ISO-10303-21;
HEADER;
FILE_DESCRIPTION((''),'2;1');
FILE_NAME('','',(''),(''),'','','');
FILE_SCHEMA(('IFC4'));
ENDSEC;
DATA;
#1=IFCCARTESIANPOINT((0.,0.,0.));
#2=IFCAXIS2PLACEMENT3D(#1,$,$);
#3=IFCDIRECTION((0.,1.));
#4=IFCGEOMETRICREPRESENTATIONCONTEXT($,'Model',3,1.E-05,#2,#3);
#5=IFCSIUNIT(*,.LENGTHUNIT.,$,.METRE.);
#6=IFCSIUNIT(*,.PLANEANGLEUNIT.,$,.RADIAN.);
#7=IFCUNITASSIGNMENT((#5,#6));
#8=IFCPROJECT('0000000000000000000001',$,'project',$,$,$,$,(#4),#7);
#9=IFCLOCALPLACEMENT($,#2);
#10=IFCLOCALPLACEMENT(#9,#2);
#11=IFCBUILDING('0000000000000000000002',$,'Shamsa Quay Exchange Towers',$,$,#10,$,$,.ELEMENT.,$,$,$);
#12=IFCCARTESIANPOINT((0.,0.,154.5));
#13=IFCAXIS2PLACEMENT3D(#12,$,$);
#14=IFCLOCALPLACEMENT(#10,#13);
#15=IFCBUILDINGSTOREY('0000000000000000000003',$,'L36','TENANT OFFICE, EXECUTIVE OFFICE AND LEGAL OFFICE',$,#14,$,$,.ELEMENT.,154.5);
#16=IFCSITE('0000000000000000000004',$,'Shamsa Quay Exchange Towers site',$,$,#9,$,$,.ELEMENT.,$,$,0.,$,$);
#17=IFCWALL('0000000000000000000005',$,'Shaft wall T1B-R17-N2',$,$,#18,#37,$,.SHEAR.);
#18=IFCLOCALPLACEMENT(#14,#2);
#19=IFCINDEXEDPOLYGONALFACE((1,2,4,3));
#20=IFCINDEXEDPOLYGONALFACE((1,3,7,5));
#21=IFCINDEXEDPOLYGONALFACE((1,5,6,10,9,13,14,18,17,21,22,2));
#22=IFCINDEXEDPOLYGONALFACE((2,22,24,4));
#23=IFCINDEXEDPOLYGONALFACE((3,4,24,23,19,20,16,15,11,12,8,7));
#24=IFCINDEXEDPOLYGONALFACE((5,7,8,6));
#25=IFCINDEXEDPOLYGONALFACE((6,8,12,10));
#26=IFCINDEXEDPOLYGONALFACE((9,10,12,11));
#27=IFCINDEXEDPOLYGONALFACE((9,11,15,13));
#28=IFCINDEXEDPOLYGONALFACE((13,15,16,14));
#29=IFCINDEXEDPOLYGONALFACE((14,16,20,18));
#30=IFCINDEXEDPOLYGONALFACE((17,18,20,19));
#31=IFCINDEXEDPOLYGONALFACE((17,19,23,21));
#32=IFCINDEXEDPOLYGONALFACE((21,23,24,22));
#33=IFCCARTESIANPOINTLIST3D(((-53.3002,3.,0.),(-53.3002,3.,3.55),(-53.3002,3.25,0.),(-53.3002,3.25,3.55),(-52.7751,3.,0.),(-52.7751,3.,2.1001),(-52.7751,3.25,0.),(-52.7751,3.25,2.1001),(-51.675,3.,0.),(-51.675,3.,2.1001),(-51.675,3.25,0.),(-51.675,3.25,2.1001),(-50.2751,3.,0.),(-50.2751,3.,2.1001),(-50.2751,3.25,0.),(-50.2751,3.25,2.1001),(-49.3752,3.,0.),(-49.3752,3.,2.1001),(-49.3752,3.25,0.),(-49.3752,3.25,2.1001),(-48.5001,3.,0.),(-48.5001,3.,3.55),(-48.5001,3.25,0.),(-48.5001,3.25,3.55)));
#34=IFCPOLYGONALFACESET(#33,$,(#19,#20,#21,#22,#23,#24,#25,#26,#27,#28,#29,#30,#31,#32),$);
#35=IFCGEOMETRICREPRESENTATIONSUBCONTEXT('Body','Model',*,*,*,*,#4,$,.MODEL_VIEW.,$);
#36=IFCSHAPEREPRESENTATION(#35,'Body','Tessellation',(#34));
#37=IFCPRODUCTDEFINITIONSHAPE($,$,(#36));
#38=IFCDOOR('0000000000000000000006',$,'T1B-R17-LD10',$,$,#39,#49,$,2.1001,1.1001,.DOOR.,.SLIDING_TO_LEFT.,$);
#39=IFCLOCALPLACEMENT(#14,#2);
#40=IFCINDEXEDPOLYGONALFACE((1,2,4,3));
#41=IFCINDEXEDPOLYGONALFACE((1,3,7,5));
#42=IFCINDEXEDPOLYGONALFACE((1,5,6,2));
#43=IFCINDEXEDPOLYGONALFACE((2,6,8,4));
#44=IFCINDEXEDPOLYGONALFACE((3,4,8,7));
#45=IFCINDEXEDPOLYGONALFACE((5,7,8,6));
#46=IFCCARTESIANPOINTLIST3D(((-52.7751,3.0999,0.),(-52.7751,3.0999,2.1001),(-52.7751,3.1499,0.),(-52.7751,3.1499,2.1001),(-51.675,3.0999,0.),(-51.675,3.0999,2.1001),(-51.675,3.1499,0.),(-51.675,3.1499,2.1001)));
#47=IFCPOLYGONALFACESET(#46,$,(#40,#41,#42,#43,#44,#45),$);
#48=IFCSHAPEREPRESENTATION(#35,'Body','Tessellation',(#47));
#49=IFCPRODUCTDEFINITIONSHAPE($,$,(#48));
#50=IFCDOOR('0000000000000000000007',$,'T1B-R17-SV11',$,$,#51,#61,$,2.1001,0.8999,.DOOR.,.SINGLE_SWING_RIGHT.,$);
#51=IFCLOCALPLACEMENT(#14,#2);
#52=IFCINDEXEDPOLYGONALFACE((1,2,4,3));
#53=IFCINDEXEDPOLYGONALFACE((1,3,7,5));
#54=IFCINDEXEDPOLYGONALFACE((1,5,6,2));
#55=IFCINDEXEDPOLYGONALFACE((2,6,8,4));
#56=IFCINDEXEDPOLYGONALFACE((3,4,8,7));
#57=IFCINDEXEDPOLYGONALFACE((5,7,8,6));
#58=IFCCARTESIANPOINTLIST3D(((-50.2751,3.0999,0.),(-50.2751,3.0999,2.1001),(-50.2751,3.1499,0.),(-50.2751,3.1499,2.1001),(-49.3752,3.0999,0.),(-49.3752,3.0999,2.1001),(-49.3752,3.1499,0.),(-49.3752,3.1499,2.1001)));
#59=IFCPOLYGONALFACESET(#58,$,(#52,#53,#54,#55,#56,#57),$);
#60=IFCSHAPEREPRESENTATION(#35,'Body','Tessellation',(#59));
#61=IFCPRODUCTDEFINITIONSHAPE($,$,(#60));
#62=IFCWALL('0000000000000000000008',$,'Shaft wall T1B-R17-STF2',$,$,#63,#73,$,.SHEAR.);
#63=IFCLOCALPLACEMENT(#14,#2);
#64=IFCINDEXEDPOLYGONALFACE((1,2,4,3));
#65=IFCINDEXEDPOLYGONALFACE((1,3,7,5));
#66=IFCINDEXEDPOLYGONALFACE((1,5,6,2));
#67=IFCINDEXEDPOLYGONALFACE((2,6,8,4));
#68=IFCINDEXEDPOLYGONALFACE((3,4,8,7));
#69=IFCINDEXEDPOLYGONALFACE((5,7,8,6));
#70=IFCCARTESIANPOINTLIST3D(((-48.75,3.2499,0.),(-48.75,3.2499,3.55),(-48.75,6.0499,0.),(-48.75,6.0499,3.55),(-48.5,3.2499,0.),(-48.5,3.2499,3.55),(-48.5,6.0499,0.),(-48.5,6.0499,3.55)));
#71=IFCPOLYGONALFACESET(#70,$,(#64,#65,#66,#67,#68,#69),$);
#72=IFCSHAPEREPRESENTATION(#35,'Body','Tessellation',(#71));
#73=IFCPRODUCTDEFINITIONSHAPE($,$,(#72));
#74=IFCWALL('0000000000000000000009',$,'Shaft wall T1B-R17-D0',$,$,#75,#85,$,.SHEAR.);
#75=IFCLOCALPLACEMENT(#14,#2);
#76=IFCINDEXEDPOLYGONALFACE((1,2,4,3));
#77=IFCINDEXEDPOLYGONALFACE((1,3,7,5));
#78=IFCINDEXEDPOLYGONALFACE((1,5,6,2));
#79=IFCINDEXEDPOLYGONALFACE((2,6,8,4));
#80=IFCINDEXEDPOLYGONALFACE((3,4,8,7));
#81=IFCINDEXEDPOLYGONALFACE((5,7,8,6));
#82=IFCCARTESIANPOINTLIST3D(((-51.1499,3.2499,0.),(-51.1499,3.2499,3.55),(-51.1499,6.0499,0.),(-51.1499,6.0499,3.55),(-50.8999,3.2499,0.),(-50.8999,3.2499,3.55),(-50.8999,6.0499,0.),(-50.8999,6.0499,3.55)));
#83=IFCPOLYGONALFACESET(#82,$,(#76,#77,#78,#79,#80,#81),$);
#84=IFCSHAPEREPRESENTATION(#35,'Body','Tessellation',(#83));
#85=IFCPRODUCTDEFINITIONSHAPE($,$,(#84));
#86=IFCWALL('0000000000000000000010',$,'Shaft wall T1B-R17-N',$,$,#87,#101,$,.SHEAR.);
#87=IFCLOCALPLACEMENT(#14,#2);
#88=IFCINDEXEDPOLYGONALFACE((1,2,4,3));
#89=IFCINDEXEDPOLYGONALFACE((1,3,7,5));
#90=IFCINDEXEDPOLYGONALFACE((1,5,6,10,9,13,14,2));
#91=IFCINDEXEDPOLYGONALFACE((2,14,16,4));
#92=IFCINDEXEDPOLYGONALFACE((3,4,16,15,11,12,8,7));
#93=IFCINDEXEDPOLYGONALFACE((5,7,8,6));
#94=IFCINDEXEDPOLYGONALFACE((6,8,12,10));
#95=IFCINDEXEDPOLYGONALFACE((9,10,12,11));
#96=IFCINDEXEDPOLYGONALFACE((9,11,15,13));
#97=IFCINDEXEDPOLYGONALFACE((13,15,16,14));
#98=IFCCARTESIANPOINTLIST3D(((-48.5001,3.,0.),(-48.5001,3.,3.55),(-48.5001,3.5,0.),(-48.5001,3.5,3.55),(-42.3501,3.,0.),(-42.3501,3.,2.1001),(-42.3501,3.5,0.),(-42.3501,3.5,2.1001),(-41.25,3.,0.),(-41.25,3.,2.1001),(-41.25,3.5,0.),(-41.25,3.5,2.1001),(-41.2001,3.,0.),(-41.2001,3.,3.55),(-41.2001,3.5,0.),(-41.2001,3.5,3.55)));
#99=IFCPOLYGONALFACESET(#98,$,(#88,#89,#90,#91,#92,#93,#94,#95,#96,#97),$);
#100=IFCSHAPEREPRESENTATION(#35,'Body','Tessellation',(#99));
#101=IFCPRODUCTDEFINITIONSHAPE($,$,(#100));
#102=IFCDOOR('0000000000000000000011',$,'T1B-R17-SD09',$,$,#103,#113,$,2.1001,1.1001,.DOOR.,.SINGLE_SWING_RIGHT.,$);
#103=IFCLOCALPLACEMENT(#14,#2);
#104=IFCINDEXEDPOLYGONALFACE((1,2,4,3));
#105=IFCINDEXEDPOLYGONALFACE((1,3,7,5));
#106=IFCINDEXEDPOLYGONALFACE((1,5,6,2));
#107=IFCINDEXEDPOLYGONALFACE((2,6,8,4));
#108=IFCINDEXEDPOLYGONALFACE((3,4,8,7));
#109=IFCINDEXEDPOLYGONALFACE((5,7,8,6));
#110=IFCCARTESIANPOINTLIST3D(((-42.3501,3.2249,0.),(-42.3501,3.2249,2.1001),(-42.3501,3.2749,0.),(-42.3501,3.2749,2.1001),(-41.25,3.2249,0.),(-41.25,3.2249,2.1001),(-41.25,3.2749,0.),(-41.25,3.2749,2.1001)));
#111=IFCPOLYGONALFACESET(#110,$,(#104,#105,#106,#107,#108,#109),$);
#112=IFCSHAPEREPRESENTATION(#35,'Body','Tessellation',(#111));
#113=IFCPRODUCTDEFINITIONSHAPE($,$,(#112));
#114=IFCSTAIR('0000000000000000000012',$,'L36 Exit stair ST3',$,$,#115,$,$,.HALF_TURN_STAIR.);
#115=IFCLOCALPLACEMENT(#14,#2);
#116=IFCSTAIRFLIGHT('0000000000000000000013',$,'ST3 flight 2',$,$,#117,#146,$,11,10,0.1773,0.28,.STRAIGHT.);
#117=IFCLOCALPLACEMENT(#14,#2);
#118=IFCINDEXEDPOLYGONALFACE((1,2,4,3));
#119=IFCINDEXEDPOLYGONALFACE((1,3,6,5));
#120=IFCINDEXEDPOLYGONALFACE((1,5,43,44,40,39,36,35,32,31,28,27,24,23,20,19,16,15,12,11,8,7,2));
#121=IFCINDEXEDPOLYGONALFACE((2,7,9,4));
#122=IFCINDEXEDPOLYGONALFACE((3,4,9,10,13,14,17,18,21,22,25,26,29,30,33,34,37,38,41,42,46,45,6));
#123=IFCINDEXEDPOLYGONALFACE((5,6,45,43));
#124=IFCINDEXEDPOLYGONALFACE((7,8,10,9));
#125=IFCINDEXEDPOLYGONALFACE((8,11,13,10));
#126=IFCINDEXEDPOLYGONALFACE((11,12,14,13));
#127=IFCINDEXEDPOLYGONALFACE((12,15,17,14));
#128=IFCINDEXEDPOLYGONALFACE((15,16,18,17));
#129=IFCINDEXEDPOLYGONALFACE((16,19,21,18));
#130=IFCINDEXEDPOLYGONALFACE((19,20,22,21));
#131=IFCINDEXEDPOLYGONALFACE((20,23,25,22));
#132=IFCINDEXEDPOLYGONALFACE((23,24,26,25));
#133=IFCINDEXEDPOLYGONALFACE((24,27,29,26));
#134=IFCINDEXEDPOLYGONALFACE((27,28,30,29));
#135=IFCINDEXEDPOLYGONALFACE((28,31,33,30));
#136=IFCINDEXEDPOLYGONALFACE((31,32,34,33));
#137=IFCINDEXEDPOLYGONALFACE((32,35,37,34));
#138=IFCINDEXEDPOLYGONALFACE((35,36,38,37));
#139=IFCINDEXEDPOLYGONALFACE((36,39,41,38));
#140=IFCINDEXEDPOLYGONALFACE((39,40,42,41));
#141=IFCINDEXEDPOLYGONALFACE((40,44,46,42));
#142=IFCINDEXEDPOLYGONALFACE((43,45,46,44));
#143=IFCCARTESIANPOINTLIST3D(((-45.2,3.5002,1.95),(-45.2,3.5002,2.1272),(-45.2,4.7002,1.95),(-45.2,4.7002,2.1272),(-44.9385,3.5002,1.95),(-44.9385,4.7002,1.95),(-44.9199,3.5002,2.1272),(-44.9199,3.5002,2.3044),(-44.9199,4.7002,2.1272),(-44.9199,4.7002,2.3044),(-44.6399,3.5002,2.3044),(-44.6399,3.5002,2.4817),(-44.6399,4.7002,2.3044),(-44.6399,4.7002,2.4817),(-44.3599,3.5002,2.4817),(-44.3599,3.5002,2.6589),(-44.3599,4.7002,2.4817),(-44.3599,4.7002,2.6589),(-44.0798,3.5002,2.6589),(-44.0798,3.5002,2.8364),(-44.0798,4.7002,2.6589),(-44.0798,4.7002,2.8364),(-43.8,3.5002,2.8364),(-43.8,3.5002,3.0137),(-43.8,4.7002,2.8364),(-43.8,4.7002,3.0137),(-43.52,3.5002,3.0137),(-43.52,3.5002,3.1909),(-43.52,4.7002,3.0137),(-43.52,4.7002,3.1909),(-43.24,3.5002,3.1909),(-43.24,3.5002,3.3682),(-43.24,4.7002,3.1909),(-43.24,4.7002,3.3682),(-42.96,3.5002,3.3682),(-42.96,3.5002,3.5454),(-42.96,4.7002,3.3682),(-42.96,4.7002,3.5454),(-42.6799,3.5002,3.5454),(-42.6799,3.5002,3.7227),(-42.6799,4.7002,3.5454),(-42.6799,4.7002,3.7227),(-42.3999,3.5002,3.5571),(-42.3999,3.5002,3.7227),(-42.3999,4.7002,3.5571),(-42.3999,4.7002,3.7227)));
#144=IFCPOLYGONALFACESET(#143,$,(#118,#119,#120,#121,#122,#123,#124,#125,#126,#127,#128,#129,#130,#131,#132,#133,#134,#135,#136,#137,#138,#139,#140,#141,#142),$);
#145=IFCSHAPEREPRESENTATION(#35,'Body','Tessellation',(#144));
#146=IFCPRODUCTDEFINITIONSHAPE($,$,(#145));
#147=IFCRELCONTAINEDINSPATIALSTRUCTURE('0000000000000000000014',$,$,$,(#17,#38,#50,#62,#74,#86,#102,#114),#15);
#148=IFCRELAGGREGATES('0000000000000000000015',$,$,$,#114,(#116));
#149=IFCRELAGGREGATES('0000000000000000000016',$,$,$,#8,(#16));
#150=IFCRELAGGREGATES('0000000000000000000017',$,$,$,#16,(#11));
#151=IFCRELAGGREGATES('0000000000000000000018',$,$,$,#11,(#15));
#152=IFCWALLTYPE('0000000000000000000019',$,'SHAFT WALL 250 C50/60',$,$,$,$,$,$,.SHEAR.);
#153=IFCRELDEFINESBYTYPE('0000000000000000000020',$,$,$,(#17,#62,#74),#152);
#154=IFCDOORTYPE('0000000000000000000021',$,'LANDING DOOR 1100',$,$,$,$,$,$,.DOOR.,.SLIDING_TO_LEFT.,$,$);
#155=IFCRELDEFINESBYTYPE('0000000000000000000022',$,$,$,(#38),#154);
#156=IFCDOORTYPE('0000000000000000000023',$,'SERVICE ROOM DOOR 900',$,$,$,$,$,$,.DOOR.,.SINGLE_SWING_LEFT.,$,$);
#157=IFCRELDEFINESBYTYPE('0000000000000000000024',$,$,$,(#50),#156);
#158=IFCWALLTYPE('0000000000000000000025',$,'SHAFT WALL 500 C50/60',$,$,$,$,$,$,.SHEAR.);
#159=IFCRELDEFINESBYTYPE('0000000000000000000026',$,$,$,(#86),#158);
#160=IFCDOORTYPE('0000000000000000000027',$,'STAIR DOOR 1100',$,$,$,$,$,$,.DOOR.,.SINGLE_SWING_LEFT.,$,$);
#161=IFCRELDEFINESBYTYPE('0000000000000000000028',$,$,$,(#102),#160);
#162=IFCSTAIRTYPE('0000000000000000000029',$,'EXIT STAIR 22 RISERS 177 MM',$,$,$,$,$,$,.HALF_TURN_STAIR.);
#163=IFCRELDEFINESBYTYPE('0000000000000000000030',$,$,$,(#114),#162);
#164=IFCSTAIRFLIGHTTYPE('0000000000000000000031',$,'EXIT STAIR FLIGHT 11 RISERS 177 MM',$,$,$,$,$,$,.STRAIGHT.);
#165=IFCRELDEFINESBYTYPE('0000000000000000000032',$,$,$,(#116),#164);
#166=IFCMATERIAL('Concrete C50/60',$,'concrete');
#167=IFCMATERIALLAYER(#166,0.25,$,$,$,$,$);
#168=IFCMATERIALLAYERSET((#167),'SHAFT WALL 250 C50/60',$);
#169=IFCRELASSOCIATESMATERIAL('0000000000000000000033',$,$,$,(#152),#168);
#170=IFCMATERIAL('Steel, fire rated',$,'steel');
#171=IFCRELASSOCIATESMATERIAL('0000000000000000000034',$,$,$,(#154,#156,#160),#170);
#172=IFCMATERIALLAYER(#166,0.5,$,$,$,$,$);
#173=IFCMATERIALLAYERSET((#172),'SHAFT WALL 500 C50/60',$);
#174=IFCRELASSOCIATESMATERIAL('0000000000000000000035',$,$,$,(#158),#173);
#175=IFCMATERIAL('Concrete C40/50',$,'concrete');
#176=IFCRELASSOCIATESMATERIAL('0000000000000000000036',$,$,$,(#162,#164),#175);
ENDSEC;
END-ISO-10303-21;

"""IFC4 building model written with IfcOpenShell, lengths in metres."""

from ifc_helpers import new_model, si_unit, direction, frame, frame_2d, origin, place, context, subcontext, project, spatial, polyline, rectangle, outline, extrude, material, layer, layer_set, type_object, element, fill, aggregate, save


model = new_model("IFC4")

# Units and contexts
model_context = context("Model", 3, precision=1e-05, world=origin(), true_north=direction((0.0, 1.0)))
body_context = subcontext(model_context, "Body", "Model", "MODEL_VIEW")
ifc_project = project(units=[si_unit("LENGTHUNIT", "METRE"), si_unit("PLANEANGLEUNIT", "RADIAN")], contexts=[model_context])

# Site, building, storey
site_placement = place(None, origin())
site = spatial("IfcSite", under=ifc_project, at=site_placement, Name="Shamsa Quay Exchange Towers site", CompositionType="ELEMENT", RefElevation=0.0)
building_placement = place(site_placement, origin())
building = spatial("IfcBuilding", under=site, at=building_placement, Name="Shamsa Quay Exchange Towers", CompositionType="ELEMENT")
storey_placement = place(building_placement, frame((0.0, 0.0, 154.5)))
storey = spatial("IfcBuildingStorey", under=building, at=storey_placement, Name="L36", Description="TENANT OFFICE, EXECUTIVE OFFICE AND LEGAL OFFICE", CompositionType="ELEMENT", Elevation=154.5)

# Wall, openings, doors
ifc_material_1 = material(Name="Concrete C50/60", Category="concrete")
ifc_layer_1 = layer(ifc_material_1, 0.25)
ifc_layer_set_1 = layer_set([ifc_layer_1], Name="SHAFT WALL 250 C50/60")
wall_type_1 = type_object("IfcWallType", Name="SHAFT WALL 250 C50/60", PredefinedType="SHEAR", material=ifc_layer_set_1)
wall_1_placement = place(storey_placement, frame((-53.3, 3.125, 0.0)))
wall_1 = element("IfcWall", 1, at=wall_1_placement, inside=storey, type_object=wall_type_1, Name="Shaft wall T1B-R17-N2", PredefinedType="SHEAR", context=body_context, shape_type="SweptSolid", body=[
    extrude(rectangle(XDim=4.8, YDim=0.25, at=frame_2d((2.3999, 0.0))), origin(), (0.0, 0.0, 1.0), 3.55),
])
opening_1_placement = place(wall_1_placement, frame((0.5249, 0.0, 0.0)))
opening_1 = element("IfcOpeningElement", 2, at=opening_1_placement, cuts=wall_1, PredefinedType="OPENING", context=body_context, shape_type="SweptSolid", body=[
    extrude(rectangle(XDim=1.1001, YDim=2.1001, at=frame_2d((0.55, 1.05))), frame((0.0, 0.135, 0.0), z_axis=(0.0, -1.0, 0.0), x_axis=(1.0, 0.0, 0.0)), (0.0, 0.0, 1.0), 0.27),
])
opening_2_placement = place(wall_1_placement, frame((3.0249, 0.0, 0.0)))
opening_2 = element("IfcOpeningElement", 3, at=opening_2_placement, cuts=wall_1, PredefinedType="OPENING", context=body_context, shape_type="SweptSolid", body=[
    extrude(rectangle(XDim=0.8999, YDim=2.1001, at=frame_2d((0.45, 1.05))), frame((0.0, 0.135, 0.0), z_axis=(0.0, -1.0, 0.0), x_axis=(1.0, 0.0, 0.0)), (0.0, 0.0, 1.0), 0.27),
])
ifc_material_2 = material(Name="Steel, fire rated", Category="steel")
door_type_1 = type_object("IfcDoorType", Name="LANDING DOOR 1100", OperationType="SLIDING_TO_LEFT", PredefinedType="DOOR", material=ifc_material_2)
door_1_placement = place(opening_1_placement, origin())
door_1 = element("IfcDoor", 4, at=door_1_placement, inside=storey, type_object=door_type_1, Name="T1B-R17-LD10", OperationType="SLIDING_TO_LEFT", OverallHeight=2.1001, OverallWidth=1.1001, PredefinedType="DOOR", context=body_context, shape_type="SweptSolid", body=[
    extrude(rectangle(XDim=1.1001, YDim=2.1001, at=frame_2d((0.55, 1.05))), frame((0.0, 0.0249, 0.0), z_axis=(0.0, -1.0, 0.0), x_axis=(1.0, 0.0, 0.0)), (0.0, 0.0, 1.0), 0.05),
])
fill(opening_1, door_1)
door_type_2 = type_object("IfcDoorType", Name="SERVICE ROOM DOOR 900", OperationType="SINGLE_SWING_LEFT", PredefinedType="DOOR", material=ifc_material_2)
door_2_placement = place(opening_2_placement, origin())
door_2 = element("IfcDoor", 5, at=door_2_placement, inside=storey, type_object=door_type_2, Name="T1B-R17-SV11", OperationType="SINGLE_SWING_RIGHT", OverallHeight=2.1001, OverallWidth=0.8999, PredefinedType="DOOR", context=body_context, shape_type="SweptSolid", body=[
    extrude(rectangle(XDim=0.8999, YDim=2.1001, at=frame_2d((0.45, 1.05))), frame((0.0, 0.0249, 0.0), z_axis=(0.0, -1.0, 0.0), x_axis=(1.0, 0.0, 0.0)), (0.0, 0.0, 1.0), 0.05),
])
fill(opening_2, door_2)

# Walls
for number, where, z_axis, x_axis, name in (
    (6, (-48.625, 3.25, 0.0), (0.0, 0.0, 1.0), (0.0, 1.0, 0.0), "Shaft wall T1B-R17-STF2"),
    (7, (-51.0249, 3.25, 0.0), (0.0, 0.0, 1.0), (0.0, 1.0, 0.0), "Shaft wall T1B-R17-D0"),
):
    element("IfcWall", number, at=place(storey_placement, frame(where, z_axis=z_axis, x_axis=x_axis)), inside=storey, type_object=wall_type_1, Name=name, PredefinedType="SHEAR", context=body_context, shape_type="SweptSolid", body=[
        extrude(rectangle(XDim=2.8, YDim=0.25, at=frame_2d((1.3999, 0.0))), origin(), (0.0, 0.0, 1.0), 3.55),
    ])

# Wall, opening, door
ifc_layer_2 = layer(ifc_material_1, 0.5)
ifc_layer_set_2 = layer_set([ifc_layer_2], Name="SHAFT WALL 500 C50/60")
wall_type_2 = type_object("IfcWallType", Name="SHAFT WALL 500 C50/60", PredefinedType="SHEAR", material=ifc_layer_set_2)
wall_2_placement = place(storey_placement, frame((-48.5, 3.25, 0.0)))
wall_2 = element("IfcWall", 8, at=wall_2_placement, inside=storey, type_object=wall_type_2, Name="Shaft wall T1B-R17-N", PredefinedType="SHEAR", context=body_context, shape_type="SweptSolid", body=[
    extrude(rectangle(XDim=7.3, YDim=0.5, at=frame_2d((3.6499, 0.0))), origin(), (0.0, 0.0, 1.0), 3.55),
])
opening_3_placement = place(wall_2_placement, frame((6.1499, 0.0, 0.0)))
opening_3 = element("IfcOpeningElement", 9, at=opening_3_placement, cuts=wall_2, PredefinedType="OPENING", context=body_context, shape_type="SweptSolid", body=[
    extrude(rectangle(XDim=1.1001, YDim=2.1001, at=frame_2d((0.55, 1.05))), frame((0.0, 0.26, 0.0), z_axis=(0.0, -1.0, 0.0), x_axis=(1.0, 0.0, 0.0)), (0.0, 0.0, 1.0), 0.52),
])
door_type_3 = type_object("IfcDoorType", Name="STAIR DOOR 1100", OperationType="SINGLE_SWING_LEFT", PredefinedType="DOOR", material=ifc_material_2)
door_3_placement = place(opening_3_placement, origin())
door_3 = element("IfcDoor", 10, at=door_3_placement, inside=storey, type_object=door_type_3, Name="T1B-R17-SD09", OperationType="SINGLE_SWING_RIGHT", OverallHeight=2.1001, OverallWidth=1.1001, PredefinedType="DOOR", context=body_context, shape_type="SweptSolid", body=[
    extrude(rectangle(XDim=1.1001, YDim=2.1001, at=frame_2d((0.55, 1.05))), frame((0.0, 0.0249, 0.0), z_axis=(0.0, -1.0, 0.0), x_axis=(1.0, 0.0, 0.0)), (0.0, 0.0, 1.0), 0.05),
])
fill(opening_3, door_3)

# Stair, stair flight
ifc_material_3 = material(Name="Concrete C40/50", Category="concrete")
stair_type = type_object("IfcStairType", Name="EXIT STAIR 22 RISERS 177 MM", PredefinedType="HALF_TURN_STAIR", material=ifc_material_3)
stair_placement = place(storey_placement, origin())
stair = element("IfcStair", 11, at=stair_placement, inside=storey, type_object=stair_type, Name="L36 Exit stair ST3", PredefinedType="HALF_TURN_STAIR")
stair_flight_type = type_object("IfcStairFlightType", Name="EXIT STAIR FLIGHT 11 RISERS 177 MM", PredefinedType="STRAIGHT", material=ifc_material_3)
stair_flight_placement = place(storey_placement, frame((-45.2, 4.1001, 1.95)))
stair_flight = element("IfcStairFlight", 12, at=stair_flight_placement, type_object=stair_flight_type, Name="ST3 flight 2", NumberOfRisers=11, NumberOfTreads=10, PredefinedType="STRAIGHT", RiserHeight=0.1773, TreadLength=0.28, context=body_context, shape_type="SweptSolid", body=[
    extrude(outline(polyline([(0.0, 0.0), (0.0, 0.1772), (0.28, 0.1772), (0.28, 0.3545), (0.5601, 0.3545), (0.5601, 0.5317), (0.8401, 0.5317), (0.8401, 0.709), (1.1201, 0.709), (1.1201, 0.8865), (1.3999, 0.8865), (1.3999, 1.0637), (1.6799, 1.0637), (1.6799, 1.241), (1.96, 1.241), (1.96, 1.4182), (2.24, 1.4182), (2.24, 1.5955), (2.52, 1.5955), (2.52, 1.7727), (2.8, 1.7727), (2.8, 1.95), (2.8, 1.6072), (0.2615, 0.0), (0.0, 0.0)])), frame((0.0, 0.6001, 0.0), z_axis=(0.0, -1.0, 0.0), x_axis=(1.0, 0.0, 0.0)), (0.0, 0.0, 1.0), 1.2),
])
aggregate(stair, [stair_flight])

save(model, "model.ifc")
